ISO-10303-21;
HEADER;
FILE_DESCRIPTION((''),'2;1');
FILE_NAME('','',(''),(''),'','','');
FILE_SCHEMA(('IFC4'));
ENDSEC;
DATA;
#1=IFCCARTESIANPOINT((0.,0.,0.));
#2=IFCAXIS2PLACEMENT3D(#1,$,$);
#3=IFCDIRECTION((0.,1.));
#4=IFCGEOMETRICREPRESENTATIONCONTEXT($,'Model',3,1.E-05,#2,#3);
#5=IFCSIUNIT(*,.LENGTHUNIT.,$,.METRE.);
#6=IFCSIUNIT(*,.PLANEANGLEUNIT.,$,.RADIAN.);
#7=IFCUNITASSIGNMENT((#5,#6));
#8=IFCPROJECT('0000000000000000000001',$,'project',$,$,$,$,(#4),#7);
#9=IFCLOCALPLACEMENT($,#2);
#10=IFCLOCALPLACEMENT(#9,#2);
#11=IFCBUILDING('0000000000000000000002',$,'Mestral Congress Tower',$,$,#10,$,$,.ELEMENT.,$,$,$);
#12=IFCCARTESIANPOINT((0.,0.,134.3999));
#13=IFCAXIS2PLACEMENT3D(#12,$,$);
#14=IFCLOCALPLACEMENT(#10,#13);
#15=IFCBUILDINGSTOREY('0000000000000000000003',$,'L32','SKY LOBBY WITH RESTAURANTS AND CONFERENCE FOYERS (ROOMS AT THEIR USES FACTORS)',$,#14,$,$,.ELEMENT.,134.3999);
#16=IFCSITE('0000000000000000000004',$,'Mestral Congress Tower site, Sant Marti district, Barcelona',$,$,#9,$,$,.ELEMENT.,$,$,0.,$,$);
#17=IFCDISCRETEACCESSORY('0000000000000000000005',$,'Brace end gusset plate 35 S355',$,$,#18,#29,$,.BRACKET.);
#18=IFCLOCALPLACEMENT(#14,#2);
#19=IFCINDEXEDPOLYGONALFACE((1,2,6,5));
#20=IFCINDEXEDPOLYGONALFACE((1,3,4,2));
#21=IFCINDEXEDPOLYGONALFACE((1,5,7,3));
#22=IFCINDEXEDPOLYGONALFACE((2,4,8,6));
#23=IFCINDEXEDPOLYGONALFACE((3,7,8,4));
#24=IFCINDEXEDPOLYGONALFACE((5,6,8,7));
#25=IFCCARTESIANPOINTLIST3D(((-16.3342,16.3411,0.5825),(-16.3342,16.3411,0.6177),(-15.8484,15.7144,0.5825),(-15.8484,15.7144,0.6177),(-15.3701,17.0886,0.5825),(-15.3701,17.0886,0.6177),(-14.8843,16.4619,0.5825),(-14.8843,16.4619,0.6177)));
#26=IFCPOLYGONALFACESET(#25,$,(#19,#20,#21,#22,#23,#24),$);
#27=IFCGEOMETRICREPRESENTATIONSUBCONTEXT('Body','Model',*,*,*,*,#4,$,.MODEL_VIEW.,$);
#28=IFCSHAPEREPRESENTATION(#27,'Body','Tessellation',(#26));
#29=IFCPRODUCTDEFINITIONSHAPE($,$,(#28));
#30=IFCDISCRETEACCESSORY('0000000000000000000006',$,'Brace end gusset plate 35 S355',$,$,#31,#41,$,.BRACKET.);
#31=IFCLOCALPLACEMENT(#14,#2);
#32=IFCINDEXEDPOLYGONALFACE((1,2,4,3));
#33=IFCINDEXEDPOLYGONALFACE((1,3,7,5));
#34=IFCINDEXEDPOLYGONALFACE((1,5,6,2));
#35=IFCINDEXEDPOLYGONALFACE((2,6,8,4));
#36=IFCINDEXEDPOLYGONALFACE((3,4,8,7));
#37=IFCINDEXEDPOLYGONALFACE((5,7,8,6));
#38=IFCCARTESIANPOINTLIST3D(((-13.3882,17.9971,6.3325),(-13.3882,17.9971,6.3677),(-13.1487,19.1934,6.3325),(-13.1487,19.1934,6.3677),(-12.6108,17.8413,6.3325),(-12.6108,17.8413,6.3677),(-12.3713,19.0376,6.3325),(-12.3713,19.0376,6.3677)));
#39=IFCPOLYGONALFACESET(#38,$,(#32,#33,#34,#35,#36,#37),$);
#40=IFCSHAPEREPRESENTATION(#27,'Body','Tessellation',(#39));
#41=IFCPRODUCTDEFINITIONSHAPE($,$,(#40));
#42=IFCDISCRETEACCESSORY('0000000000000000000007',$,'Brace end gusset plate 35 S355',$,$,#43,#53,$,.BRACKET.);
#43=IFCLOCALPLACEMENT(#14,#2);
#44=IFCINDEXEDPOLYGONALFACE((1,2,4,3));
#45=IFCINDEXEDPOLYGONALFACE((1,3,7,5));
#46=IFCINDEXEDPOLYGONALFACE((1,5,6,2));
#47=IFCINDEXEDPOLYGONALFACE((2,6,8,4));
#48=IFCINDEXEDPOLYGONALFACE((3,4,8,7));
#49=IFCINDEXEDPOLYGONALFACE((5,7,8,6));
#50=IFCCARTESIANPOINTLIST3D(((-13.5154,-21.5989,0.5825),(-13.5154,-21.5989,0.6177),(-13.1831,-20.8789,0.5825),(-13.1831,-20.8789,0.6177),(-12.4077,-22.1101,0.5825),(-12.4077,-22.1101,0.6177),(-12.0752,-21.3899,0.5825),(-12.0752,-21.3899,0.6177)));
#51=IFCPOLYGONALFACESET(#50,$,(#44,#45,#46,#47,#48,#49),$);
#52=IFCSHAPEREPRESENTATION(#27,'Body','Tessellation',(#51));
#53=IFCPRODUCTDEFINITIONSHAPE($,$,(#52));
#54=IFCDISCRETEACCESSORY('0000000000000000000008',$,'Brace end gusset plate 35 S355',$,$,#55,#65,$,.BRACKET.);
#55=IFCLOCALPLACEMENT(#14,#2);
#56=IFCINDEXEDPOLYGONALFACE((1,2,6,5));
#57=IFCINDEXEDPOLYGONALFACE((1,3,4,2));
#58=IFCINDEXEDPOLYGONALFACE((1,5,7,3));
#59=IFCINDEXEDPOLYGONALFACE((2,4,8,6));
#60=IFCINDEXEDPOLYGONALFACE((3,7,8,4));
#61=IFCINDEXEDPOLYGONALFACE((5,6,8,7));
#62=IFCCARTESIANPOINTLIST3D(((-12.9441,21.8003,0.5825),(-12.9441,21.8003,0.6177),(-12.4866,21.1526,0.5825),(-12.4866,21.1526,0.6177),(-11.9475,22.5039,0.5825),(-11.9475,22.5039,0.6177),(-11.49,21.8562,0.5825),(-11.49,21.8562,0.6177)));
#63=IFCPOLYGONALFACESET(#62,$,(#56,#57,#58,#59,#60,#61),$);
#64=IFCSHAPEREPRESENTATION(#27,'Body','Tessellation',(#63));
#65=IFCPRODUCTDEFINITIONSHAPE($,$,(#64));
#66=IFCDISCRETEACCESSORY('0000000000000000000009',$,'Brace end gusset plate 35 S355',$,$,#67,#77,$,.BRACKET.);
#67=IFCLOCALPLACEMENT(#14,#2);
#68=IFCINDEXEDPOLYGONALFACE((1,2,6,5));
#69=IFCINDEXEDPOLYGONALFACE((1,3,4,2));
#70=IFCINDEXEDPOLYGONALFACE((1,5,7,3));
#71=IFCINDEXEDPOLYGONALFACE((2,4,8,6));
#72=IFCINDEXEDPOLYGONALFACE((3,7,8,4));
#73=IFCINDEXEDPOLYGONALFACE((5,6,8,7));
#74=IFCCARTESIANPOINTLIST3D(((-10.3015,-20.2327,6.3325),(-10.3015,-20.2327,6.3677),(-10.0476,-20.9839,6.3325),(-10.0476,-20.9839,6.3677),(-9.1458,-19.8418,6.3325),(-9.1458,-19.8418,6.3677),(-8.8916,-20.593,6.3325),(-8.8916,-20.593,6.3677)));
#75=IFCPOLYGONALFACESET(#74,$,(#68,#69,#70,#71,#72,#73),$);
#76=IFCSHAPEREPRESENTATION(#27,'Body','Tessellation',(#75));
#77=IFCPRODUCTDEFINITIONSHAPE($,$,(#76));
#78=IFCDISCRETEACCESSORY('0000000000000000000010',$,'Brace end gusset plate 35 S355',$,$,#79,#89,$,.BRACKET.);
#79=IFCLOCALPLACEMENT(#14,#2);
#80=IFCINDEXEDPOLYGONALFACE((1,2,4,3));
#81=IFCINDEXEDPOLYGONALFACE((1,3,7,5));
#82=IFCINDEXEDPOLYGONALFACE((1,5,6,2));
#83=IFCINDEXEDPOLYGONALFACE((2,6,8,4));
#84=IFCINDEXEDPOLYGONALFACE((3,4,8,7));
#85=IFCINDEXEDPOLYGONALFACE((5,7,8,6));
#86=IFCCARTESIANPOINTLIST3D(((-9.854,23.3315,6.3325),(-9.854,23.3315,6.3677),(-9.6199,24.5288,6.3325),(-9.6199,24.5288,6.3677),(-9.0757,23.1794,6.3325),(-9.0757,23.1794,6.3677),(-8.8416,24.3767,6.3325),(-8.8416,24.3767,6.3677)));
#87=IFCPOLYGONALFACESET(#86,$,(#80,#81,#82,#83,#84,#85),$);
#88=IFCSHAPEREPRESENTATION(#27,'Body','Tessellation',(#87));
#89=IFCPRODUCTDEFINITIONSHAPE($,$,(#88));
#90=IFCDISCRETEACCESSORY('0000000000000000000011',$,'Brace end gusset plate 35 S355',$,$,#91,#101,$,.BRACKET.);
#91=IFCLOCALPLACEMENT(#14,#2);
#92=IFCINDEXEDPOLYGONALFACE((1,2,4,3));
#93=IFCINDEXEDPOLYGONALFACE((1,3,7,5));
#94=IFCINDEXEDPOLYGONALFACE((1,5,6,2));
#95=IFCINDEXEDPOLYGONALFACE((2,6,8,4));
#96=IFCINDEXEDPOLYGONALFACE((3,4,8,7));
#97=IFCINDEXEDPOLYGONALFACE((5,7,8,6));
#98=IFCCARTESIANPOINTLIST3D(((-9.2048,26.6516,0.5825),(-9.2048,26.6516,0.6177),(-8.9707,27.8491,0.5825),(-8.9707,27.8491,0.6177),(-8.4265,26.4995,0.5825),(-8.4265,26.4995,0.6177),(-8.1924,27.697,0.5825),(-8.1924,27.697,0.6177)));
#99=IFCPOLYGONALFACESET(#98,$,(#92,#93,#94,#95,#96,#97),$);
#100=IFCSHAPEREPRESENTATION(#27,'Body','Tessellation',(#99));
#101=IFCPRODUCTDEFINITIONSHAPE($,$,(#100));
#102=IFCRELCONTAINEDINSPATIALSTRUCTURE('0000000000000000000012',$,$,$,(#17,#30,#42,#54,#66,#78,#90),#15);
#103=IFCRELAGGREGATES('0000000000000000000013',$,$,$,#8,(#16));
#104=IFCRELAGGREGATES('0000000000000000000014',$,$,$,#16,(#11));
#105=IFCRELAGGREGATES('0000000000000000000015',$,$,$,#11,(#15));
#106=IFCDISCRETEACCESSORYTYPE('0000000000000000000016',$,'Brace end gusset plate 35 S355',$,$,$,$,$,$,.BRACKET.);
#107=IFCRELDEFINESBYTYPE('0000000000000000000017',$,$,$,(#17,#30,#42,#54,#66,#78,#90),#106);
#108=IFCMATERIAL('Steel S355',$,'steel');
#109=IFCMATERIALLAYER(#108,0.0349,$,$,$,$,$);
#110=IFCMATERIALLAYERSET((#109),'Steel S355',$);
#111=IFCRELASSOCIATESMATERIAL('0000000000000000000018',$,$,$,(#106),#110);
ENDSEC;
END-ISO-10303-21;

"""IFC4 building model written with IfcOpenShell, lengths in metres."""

from ifc_helpers import new_model, si_unit, direction, frame, origin, place, context, subcontext, project, spatial, polyline, outline, extrude, material, layer, layer_set, type_object, element, save


model = new_model("IFC4")

# Units and contexts
model_context = context("Model", 3, precision=1e-05, world=origin(), true_north=direction((0.0, 1.0)))
body_context = subcontext(model_context, "Body", "Model", "MODEL_VIEW")
ifc_project = project(units=[si_unit("LENGTHUNIT", "METRE"), si_unit("PLANEANGLEUNIT", "RADIAN")], contexts=[model_context])

# Site, building, storey
site_placement = place(None, origin())
site = spatial("IfcSite", under=ifc_project, at=site_placement, Name="Mestral Congress Tower site, Sant Marti district, Barcelona", CompositionType="ELEMENT", RefElevation=0.0)
building_placement = place(site_placement, origin())
building = spatial("IfcBuilding", under=site, at=building_placement, Name="Mestral Congress Tower", CompositionType="ELEMENT")
storey_placement = place(building_placement, frame((0.0, 0.0, 134.3999)))
storey = spatial("IfcBuildingStorey", under=building, at=storey_placement, Name="L32", Description="SKY LOBBY WITH RESTAURANTS AND CONFERENCE FOYERS (ROOMS AT THEIR USES FACTORS)", CompositionType="ELEMENT", Elevation=134.3999)

# Discrete accessories
ifc_material_1 = material(Name="Steel S355", Category="steel")
ifc_layer_1 = layer(ifc_material_1, 0.0349)
ifc_layer_set_1 = layer_set([ifc_layer_1], Name="Steel S355")
discrete_accessory_type = type_object("IfcDiscreteAccessoryType", Name="Brace end gusset plate 35 S355", PredefinedType="BRACKET", material=ifc_layer_set_1)
placement_1 = place(storey_placement, frame((0.0, 0.0, 0.5825)))
placement_2 = place(storey_placement, frame((0.0, 0.0, 6.3325)))
element("IfcDiscreteAccessory", 1, at=placement_1, inside=storey, type_object=discrete_accessory_type, Name="Brace end gusset plate 35 S355", PredefinedType="BRACKET", context=body_context, shape_type="SweptSolid", body=[
    extrude(outline(polyline([(-15.8484, 15.7144), (-14.8843, 16.4619), (-15.3701, 17.0886), (-16.3342, 16.3411), (-15.8484, 15.7144)])), origin(), (0.0, 0.0, 1.0), 0.0352),
])
element("IfcDiscreteAccessory", 2, at=placement_2, inside=storey, type_object=discrete_accessory_type, Name="Brace end gusset plate 35 S355", PredefinedType="BRACKET", context=body_context, shape_type="SweptSolid", body=[
    extrude(outline(polyline([(-12.6108, 17.8413), (-12.3713, 19.0376), (-13.1487, 19.1934), (-13.3882, 17.9971), (-12.6108, 17.8413)])), origin(), (0.0, 0.0, 1.0), 0.0352),
])
element("IfcDiscreteAccessory", 3, at=placement_1, inside=storey, type_object=discrete_accessory_type, Name="Brace end gusset plate 35 S355", PredefinedType="BRACKET", context=body_context, shape_type="SweptSolid", body=[
    extrude(outline(polyline([(-12.0752, -21.3899), (-13.1831, -20.8789), (-13.5154, -21.5989), (-12.4077, -22.1101), (-12.0752, -21.3899)])), origin(), (0.0, 0.0, 1.0), 0.0352),
])
element("IfcDiscreteAccessory", 4, at=placement_1, inside=storey, type_object=discrete_accessory_type, Name="Brace end gusset plate 35 S355", PredefinedType="BRACKET", context=body_context, shape_type="SweptSolid", body=[
    extrude(outline(polyline([(-12.4866, 21.1526), (-11.49, 21.8562), (-11.9475, 22.5039), (-12.9441, 21.8003), (-12.4866, 21.1526)])), origin(), (0.0, 0.0, 1.0), 0.0352),
])
element("IfcDiscreteAccessory", 5, at=placement_2, inside=storey, type_object=discrete_accessory_type, Name="Brace end gusset plate 35 S355", PredefinedType="BRACKET", context=body_context, shape_type="SweptSolid", body=[
    extrude(outline(polyline([(-9.1458, -19.8418), (-10.3015, -20.2327), (-10.0476, -20.9839), (-8.8916, -20.593), (-9.1458, -19.8418)])), origin(), (0.0, 0.0, 1.0), 0.0352),
])
element("IfcDiscreteAccessory", 6, at=placement_2, inside=storey, type_object=discrete_accessory_type, Name="Brace end gusset plate 35 S355", PredefinedType="BRACKET", context=body_context, shape_type="SweptSolid", body=[
    extrude(outline(polyline([(-9.0757, 23.1794), (-8.8416, 24.3767), (-9.6199, 24.5288), (-9.854, 23.3315), (-9.0757, 23.1794)])), origin(), (0.0, 0.0, 1.0), 0.0352),
])
element("IfcDiscreteAccessory", 7, at=placement_1, inside=storey, type_object=discrete_accessory_type, Name="Brace end gusset plate 35 S355", PredefinedType="BRACKET", context=body_context, shape_type="SweptSolid", body=[
    extrude(outline(polyline([(-8.9707, 27.8491), (-9.2048, 26.6516), (-8.4265, 26.4995), (-8.1924, 27.697), (-8.9707, 27.8491)])), origin(), (0.0, 0.0, 1.0), 0.0352),
])

save(model, "model.ifc")
